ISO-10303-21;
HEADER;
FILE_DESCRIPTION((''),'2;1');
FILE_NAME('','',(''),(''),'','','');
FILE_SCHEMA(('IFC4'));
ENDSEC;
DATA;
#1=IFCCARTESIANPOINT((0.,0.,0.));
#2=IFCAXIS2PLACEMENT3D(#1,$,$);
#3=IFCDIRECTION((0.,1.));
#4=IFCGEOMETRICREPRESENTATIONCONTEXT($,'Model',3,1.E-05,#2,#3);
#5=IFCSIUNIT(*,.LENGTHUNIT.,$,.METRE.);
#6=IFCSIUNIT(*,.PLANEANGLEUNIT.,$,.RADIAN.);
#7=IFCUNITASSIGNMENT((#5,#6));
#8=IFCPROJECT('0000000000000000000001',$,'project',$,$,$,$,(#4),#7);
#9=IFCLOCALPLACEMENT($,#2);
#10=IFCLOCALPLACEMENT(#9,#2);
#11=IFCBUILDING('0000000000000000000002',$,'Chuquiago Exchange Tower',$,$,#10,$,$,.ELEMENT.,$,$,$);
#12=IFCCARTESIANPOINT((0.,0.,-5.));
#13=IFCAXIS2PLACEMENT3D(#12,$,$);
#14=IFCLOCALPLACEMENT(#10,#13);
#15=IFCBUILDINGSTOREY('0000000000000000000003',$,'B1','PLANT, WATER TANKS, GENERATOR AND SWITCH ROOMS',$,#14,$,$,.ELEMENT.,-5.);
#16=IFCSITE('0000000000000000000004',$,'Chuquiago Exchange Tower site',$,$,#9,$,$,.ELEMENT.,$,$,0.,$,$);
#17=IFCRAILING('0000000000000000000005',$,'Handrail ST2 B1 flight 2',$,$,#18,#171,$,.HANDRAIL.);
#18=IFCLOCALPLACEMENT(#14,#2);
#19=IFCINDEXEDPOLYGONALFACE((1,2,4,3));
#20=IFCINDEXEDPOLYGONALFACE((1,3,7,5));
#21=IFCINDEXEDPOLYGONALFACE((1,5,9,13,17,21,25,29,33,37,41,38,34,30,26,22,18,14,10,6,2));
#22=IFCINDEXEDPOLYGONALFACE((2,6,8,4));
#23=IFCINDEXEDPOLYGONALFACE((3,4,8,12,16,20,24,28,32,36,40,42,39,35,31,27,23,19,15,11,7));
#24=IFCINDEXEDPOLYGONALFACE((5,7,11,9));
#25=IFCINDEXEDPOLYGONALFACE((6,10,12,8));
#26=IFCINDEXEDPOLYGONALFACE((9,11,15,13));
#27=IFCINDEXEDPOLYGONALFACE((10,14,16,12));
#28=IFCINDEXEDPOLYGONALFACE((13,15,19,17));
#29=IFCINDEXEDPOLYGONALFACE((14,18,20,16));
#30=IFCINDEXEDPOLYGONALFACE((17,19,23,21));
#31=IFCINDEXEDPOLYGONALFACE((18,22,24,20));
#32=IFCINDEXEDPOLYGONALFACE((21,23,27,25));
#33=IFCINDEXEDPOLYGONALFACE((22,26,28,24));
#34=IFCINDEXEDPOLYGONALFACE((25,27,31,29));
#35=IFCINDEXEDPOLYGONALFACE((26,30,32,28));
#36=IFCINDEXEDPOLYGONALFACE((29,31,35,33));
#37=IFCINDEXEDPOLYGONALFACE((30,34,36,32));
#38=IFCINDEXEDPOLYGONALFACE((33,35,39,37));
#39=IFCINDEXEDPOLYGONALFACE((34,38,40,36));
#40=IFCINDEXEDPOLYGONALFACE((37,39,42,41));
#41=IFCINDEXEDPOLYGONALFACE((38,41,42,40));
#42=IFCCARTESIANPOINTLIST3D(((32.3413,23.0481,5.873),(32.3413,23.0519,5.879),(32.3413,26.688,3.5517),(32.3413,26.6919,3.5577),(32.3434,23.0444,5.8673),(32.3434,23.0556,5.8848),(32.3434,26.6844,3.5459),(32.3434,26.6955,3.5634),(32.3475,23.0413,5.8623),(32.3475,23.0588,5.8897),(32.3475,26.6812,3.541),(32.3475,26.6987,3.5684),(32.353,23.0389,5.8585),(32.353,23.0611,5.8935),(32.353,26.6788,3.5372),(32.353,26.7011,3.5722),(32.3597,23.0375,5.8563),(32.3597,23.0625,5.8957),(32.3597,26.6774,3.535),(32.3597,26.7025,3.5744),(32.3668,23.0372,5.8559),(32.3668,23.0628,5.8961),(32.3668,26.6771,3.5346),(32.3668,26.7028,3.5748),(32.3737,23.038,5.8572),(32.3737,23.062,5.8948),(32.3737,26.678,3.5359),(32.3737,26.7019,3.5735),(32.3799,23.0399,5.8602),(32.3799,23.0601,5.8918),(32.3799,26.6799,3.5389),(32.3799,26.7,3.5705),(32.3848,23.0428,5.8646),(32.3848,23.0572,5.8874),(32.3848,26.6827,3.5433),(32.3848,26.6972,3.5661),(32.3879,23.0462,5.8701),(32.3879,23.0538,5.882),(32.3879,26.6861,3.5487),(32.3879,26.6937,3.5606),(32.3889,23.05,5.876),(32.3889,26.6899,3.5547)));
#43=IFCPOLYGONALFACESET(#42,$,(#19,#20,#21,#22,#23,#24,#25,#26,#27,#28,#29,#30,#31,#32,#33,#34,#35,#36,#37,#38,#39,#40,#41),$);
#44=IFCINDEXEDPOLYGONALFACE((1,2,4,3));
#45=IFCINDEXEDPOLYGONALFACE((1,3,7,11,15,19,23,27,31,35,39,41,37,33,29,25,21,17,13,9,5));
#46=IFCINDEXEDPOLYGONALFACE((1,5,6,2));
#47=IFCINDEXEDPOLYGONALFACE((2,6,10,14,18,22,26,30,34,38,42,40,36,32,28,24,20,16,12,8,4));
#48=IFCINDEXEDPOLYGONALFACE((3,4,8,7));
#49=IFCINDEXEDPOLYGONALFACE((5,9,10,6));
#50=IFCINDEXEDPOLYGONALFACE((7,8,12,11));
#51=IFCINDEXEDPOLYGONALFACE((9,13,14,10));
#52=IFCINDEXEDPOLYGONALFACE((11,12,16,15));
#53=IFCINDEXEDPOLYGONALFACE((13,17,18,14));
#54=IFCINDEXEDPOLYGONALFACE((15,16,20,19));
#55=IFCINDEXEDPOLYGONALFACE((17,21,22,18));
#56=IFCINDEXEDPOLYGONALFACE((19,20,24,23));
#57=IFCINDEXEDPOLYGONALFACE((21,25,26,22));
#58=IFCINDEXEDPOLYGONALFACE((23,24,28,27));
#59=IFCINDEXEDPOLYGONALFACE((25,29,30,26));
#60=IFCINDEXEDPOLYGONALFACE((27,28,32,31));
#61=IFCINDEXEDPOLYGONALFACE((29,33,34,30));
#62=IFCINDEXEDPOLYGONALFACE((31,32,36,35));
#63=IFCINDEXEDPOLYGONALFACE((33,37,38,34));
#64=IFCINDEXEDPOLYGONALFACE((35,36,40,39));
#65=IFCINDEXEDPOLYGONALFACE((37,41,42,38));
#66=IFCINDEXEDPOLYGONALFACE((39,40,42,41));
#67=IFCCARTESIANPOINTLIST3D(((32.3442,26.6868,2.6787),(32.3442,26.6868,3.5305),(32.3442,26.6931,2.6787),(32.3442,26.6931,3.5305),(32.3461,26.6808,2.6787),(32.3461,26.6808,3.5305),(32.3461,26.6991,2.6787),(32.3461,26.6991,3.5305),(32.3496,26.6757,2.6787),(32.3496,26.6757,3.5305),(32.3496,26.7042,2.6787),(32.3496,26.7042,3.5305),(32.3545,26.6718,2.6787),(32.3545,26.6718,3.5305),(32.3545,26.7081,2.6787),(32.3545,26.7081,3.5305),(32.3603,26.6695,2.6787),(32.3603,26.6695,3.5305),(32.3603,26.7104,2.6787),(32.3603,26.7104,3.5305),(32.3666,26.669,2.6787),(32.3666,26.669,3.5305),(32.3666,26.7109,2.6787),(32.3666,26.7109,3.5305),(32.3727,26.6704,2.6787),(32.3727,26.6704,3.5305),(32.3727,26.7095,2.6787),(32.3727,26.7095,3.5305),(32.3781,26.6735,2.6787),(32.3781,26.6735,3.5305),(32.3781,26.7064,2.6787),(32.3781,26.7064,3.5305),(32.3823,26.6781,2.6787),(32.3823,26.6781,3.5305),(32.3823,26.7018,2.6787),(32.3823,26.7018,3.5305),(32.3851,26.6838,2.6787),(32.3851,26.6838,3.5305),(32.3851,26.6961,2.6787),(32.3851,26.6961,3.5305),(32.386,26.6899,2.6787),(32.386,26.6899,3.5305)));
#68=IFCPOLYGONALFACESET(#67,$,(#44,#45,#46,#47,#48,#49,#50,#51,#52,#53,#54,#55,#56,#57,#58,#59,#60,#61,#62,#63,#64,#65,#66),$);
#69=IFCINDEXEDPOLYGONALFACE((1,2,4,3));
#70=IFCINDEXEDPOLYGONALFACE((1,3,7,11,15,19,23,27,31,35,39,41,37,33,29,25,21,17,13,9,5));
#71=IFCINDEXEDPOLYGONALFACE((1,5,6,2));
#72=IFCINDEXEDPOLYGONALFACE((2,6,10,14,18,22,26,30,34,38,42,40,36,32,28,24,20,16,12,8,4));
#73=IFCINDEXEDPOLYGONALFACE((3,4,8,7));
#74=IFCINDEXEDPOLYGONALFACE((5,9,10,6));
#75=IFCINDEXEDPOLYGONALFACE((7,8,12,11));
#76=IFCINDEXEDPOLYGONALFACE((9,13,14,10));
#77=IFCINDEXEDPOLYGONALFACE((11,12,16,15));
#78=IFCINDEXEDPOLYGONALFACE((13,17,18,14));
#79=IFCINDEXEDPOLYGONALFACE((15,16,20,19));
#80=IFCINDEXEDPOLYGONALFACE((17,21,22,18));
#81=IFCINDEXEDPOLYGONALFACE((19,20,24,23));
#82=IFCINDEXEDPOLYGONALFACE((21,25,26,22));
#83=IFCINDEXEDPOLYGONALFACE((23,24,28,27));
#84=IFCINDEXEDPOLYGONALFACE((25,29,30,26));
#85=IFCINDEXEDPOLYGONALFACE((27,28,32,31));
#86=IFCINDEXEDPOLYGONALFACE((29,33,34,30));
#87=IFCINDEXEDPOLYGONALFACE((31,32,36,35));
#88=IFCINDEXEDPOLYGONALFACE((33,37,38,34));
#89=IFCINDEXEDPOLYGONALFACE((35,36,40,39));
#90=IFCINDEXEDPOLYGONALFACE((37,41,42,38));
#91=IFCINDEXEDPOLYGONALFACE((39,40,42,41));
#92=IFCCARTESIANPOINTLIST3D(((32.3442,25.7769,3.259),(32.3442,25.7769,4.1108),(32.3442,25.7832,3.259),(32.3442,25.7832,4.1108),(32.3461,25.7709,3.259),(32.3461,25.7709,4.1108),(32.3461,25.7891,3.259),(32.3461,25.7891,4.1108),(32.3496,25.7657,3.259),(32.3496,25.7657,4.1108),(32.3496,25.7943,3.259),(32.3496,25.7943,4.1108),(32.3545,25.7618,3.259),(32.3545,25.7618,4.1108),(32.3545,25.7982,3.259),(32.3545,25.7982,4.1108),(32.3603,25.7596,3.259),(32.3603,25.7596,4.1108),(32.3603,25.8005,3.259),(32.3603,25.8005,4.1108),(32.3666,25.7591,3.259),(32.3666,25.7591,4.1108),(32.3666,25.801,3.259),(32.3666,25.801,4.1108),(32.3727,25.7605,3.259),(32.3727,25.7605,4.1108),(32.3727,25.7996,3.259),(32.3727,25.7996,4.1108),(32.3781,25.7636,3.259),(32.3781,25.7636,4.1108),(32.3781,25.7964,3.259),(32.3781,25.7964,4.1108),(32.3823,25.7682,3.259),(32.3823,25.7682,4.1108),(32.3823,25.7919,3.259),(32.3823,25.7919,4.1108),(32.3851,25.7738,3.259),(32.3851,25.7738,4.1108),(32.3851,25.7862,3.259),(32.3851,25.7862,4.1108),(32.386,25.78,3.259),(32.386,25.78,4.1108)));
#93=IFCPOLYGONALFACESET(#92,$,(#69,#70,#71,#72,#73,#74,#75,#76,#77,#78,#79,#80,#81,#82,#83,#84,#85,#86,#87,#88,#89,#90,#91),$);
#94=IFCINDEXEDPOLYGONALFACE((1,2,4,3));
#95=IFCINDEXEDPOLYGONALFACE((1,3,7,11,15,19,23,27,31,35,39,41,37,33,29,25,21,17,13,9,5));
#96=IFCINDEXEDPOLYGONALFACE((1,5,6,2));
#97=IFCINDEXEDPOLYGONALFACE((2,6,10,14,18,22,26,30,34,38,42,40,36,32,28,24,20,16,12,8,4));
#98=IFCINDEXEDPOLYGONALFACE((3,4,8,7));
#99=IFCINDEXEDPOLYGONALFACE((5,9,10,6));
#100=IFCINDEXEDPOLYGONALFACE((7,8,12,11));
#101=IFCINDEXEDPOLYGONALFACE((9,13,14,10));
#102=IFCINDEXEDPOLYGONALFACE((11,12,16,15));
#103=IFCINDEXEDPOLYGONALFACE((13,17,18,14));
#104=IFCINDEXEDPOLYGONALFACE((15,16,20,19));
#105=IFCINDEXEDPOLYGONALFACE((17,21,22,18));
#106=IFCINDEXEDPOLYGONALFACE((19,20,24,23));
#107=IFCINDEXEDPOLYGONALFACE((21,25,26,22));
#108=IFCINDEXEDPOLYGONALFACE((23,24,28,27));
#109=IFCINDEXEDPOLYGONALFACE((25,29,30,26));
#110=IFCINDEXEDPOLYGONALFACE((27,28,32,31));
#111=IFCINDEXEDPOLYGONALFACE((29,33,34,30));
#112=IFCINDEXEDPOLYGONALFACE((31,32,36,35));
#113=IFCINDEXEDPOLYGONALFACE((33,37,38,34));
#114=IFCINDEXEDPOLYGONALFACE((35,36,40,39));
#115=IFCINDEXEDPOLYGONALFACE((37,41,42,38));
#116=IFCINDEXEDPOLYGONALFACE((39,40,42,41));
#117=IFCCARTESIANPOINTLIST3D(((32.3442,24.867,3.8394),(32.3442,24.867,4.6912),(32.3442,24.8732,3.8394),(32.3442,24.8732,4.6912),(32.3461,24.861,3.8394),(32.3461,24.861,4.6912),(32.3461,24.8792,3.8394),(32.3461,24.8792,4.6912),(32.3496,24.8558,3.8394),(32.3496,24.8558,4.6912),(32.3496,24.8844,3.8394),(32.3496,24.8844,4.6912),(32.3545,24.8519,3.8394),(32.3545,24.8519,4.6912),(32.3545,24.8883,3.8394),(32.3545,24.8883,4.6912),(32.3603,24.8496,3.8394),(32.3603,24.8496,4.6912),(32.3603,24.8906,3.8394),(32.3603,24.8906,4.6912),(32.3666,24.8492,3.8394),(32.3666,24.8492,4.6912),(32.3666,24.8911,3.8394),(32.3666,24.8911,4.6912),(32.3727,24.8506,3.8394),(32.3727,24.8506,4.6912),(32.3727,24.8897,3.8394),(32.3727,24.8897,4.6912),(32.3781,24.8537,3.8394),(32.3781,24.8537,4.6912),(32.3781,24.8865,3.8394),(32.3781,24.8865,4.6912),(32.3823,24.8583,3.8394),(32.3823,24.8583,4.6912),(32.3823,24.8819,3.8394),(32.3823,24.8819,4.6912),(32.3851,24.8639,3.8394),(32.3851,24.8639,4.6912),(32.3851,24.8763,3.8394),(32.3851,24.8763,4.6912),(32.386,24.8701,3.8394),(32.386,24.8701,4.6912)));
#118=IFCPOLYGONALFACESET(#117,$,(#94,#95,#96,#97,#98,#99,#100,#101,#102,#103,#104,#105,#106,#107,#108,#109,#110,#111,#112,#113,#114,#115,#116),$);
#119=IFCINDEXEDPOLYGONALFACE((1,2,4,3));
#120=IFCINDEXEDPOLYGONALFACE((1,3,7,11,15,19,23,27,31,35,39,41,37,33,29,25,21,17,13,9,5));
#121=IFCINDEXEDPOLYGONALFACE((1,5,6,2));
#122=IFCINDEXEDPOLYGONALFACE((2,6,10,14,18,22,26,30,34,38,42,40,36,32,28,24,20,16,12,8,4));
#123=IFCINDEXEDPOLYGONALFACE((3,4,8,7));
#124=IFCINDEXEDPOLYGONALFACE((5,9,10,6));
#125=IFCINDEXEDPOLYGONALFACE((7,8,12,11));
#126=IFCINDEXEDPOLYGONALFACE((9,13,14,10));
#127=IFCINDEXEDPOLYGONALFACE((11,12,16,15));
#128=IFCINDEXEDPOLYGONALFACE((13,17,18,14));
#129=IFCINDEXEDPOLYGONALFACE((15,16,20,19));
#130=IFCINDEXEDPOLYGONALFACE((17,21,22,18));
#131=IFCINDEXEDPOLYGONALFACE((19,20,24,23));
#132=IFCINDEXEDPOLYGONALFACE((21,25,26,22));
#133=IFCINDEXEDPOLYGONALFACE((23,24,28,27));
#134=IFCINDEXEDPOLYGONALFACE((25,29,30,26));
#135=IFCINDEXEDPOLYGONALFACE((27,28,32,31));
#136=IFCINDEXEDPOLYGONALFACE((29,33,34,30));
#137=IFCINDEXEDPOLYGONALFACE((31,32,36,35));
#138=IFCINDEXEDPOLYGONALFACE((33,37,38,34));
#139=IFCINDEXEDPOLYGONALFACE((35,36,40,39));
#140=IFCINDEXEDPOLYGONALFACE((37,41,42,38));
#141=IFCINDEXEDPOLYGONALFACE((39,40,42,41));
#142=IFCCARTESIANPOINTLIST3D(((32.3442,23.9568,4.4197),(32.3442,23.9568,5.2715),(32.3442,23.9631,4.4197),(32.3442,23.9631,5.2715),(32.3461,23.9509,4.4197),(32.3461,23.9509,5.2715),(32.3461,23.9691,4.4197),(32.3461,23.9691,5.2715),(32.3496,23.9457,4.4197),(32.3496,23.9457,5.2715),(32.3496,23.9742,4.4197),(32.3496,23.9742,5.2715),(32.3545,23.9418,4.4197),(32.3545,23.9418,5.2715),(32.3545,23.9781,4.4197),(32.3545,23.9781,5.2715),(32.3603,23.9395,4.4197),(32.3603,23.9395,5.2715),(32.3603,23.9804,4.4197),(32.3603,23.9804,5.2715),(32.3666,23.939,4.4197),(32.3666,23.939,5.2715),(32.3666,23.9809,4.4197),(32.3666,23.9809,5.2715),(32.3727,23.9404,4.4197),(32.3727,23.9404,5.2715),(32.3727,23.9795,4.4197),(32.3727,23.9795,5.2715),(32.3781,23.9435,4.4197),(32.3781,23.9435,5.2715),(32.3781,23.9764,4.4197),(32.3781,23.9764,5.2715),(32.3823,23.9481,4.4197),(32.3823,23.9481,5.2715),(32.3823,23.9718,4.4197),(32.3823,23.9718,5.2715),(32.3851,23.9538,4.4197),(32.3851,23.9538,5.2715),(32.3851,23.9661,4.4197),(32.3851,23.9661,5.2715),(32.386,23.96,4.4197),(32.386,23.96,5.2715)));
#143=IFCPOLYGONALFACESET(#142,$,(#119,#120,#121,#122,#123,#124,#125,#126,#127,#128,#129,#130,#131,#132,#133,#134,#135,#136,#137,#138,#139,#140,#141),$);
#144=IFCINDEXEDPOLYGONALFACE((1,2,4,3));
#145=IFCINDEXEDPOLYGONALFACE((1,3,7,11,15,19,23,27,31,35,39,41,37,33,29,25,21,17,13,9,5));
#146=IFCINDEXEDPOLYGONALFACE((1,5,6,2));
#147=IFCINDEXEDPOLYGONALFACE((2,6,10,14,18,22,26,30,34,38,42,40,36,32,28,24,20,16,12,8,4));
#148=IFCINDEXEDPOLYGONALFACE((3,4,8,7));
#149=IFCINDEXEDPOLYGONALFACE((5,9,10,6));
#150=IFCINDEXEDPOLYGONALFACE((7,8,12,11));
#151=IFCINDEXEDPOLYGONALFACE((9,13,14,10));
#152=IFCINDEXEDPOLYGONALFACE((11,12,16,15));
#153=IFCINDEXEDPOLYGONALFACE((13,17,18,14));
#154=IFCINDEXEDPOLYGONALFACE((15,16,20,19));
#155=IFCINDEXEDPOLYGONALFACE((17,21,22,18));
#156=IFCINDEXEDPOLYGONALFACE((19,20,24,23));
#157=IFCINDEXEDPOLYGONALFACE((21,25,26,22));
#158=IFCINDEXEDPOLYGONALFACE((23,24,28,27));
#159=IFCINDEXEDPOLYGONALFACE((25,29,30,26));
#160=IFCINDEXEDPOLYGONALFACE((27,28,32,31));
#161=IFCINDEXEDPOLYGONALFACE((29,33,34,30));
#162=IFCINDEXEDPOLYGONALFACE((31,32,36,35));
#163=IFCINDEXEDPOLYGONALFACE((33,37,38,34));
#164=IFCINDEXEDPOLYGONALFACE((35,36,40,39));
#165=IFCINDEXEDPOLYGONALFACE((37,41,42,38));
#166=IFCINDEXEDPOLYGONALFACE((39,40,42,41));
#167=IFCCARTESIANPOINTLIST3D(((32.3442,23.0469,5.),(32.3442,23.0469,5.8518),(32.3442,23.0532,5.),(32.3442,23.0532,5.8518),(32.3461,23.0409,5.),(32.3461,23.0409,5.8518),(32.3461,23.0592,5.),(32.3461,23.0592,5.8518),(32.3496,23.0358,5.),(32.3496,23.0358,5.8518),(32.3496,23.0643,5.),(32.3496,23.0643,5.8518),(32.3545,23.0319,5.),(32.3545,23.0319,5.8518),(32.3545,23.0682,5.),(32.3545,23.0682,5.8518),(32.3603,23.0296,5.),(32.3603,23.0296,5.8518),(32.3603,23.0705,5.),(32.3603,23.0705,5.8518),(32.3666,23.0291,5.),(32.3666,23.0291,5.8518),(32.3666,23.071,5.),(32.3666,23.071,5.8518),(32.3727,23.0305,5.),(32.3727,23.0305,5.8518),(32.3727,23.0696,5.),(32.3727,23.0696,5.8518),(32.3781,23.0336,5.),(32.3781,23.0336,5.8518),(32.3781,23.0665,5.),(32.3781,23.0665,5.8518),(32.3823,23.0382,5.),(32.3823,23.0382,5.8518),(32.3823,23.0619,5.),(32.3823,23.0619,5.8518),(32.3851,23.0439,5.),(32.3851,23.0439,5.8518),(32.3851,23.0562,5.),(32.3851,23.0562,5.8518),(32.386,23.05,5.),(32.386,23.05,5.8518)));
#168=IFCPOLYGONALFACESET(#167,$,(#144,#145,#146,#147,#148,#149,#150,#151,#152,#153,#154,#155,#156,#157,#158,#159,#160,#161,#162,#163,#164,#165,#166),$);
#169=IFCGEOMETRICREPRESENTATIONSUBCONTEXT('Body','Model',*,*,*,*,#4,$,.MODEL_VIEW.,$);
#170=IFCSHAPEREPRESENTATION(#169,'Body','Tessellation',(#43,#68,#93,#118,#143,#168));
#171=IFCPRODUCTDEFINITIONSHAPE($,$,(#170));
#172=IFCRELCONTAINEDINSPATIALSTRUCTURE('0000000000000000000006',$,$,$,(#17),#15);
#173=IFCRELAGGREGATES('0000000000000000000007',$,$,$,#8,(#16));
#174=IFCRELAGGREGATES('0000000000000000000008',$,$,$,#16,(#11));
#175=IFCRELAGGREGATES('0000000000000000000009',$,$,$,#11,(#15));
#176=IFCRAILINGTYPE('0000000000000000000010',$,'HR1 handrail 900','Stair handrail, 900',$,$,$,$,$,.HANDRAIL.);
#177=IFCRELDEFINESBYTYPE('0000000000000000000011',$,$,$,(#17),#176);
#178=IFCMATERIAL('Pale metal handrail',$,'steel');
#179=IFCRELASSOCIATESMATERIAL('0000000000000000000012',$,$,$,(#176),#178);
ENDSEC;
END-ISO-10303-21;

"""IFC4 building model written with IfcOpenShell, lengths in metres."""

from ifc_helpers import new_model, si_unit, direction, frame, origin, origin_2d, place, context, subcontext, project, spatial, circle, extrude, material, type_object, element, save


model = new_model("IFC4")

# Units and contexts
model_context = context("Model", 3, precision=1e-05, world=origin(), true_north=direction((0.0, 1.0)))
body_context = subcontext(model_context, "Body", "Model", "MODEL_VIEW")
ifc_project = project(units=[si_unit("LENGTHUNIT", "METRE"), si_unit("PLANEANGLEUNIT", "RADIAN")], contexts=[model_context])

# Site, building, storey
site_placement = place(None, origin())
site = spatial("IfcSite", under=ifc_project, at=site_placement, Name="Chuquiago Exchange Tower site", CompositionType="ELEMENT", RefElevation=0.0)
building_placement = place(site_placement, origin())
building = spatial("IfcBuilding", under=site, at=building_placement, Name="Chuquiago Exchange Tower", CompositionType="ELEMENT")
storey_placement = place(building_placement, frame((0.0, 0.0, -5.0)))
storey = spatial("IfcBuildingStorey", under=building, at=storey_placement, Name="B1", Description="PLANT, WATER TANKS, GENERATOR AND SWITCH ROOMS", CompositionType="ELEMENT", Elevation=-5.0)

# Railing
ifc_material_1 = material(Name="Pale metal handrail", Category="steel")
railing_type = type_object("IfcRailingType", Name="HR1 handrail 900", Description="Stair handrail, 900", PredefinedType="HANDRAIL", material=ifc_material_1)
for number, where, name in (
    (1, (32.365, 26.6899, 2.6787), "Handrail ST2 B1 flight 2"),
):
    element("IfcRailing", number, at=place(storey_placement, frame(where)), inside=storey, type_object=railing_type, Name=name, PredefinedType="HANDRAIL", context=body_context, shape_type="SweptSolid", body=[
        extrude(circle(Radius=0.0239, at=origin_2d()), frame((0.0, 0.0, 0.876), z_axis=(0.0, -0.843137, 0.537699), x_axis=(1.0, 0.0, 0.0)), (0.0, 0.0, 1.0), 4.3171),
        extrude(circle(Radius=0.021, at=origin_2d()), origin(), (0.0, 0.0, 1.0), 0.8518),
        extrude(circle(Radius=0.021, at=origin_2d()), frame((0.0, -0.9099, 0.5803)), (0.0, 0.0, 1.0), 0.8518),
        extrude(circle(Radius=0.021, at=origin_2d()), frame((0.0, -1.8198, 1.1606)), (0.0, 0.0, 1.0), 0.8518),
        extrude(circle(Radius=0.021, at=origin_2d()), frame((0.0, -2.73, 1.741)), (0.0, 0.0, 1.0), 0.8518),
        extrude(circle(Radius=0.021, at=origin_2d()), frame((0.0, -3.6399, 2.3213)), (0.0, 0.0, 1.0), 0.8518),
    ])

save(model, "model.ifc")
